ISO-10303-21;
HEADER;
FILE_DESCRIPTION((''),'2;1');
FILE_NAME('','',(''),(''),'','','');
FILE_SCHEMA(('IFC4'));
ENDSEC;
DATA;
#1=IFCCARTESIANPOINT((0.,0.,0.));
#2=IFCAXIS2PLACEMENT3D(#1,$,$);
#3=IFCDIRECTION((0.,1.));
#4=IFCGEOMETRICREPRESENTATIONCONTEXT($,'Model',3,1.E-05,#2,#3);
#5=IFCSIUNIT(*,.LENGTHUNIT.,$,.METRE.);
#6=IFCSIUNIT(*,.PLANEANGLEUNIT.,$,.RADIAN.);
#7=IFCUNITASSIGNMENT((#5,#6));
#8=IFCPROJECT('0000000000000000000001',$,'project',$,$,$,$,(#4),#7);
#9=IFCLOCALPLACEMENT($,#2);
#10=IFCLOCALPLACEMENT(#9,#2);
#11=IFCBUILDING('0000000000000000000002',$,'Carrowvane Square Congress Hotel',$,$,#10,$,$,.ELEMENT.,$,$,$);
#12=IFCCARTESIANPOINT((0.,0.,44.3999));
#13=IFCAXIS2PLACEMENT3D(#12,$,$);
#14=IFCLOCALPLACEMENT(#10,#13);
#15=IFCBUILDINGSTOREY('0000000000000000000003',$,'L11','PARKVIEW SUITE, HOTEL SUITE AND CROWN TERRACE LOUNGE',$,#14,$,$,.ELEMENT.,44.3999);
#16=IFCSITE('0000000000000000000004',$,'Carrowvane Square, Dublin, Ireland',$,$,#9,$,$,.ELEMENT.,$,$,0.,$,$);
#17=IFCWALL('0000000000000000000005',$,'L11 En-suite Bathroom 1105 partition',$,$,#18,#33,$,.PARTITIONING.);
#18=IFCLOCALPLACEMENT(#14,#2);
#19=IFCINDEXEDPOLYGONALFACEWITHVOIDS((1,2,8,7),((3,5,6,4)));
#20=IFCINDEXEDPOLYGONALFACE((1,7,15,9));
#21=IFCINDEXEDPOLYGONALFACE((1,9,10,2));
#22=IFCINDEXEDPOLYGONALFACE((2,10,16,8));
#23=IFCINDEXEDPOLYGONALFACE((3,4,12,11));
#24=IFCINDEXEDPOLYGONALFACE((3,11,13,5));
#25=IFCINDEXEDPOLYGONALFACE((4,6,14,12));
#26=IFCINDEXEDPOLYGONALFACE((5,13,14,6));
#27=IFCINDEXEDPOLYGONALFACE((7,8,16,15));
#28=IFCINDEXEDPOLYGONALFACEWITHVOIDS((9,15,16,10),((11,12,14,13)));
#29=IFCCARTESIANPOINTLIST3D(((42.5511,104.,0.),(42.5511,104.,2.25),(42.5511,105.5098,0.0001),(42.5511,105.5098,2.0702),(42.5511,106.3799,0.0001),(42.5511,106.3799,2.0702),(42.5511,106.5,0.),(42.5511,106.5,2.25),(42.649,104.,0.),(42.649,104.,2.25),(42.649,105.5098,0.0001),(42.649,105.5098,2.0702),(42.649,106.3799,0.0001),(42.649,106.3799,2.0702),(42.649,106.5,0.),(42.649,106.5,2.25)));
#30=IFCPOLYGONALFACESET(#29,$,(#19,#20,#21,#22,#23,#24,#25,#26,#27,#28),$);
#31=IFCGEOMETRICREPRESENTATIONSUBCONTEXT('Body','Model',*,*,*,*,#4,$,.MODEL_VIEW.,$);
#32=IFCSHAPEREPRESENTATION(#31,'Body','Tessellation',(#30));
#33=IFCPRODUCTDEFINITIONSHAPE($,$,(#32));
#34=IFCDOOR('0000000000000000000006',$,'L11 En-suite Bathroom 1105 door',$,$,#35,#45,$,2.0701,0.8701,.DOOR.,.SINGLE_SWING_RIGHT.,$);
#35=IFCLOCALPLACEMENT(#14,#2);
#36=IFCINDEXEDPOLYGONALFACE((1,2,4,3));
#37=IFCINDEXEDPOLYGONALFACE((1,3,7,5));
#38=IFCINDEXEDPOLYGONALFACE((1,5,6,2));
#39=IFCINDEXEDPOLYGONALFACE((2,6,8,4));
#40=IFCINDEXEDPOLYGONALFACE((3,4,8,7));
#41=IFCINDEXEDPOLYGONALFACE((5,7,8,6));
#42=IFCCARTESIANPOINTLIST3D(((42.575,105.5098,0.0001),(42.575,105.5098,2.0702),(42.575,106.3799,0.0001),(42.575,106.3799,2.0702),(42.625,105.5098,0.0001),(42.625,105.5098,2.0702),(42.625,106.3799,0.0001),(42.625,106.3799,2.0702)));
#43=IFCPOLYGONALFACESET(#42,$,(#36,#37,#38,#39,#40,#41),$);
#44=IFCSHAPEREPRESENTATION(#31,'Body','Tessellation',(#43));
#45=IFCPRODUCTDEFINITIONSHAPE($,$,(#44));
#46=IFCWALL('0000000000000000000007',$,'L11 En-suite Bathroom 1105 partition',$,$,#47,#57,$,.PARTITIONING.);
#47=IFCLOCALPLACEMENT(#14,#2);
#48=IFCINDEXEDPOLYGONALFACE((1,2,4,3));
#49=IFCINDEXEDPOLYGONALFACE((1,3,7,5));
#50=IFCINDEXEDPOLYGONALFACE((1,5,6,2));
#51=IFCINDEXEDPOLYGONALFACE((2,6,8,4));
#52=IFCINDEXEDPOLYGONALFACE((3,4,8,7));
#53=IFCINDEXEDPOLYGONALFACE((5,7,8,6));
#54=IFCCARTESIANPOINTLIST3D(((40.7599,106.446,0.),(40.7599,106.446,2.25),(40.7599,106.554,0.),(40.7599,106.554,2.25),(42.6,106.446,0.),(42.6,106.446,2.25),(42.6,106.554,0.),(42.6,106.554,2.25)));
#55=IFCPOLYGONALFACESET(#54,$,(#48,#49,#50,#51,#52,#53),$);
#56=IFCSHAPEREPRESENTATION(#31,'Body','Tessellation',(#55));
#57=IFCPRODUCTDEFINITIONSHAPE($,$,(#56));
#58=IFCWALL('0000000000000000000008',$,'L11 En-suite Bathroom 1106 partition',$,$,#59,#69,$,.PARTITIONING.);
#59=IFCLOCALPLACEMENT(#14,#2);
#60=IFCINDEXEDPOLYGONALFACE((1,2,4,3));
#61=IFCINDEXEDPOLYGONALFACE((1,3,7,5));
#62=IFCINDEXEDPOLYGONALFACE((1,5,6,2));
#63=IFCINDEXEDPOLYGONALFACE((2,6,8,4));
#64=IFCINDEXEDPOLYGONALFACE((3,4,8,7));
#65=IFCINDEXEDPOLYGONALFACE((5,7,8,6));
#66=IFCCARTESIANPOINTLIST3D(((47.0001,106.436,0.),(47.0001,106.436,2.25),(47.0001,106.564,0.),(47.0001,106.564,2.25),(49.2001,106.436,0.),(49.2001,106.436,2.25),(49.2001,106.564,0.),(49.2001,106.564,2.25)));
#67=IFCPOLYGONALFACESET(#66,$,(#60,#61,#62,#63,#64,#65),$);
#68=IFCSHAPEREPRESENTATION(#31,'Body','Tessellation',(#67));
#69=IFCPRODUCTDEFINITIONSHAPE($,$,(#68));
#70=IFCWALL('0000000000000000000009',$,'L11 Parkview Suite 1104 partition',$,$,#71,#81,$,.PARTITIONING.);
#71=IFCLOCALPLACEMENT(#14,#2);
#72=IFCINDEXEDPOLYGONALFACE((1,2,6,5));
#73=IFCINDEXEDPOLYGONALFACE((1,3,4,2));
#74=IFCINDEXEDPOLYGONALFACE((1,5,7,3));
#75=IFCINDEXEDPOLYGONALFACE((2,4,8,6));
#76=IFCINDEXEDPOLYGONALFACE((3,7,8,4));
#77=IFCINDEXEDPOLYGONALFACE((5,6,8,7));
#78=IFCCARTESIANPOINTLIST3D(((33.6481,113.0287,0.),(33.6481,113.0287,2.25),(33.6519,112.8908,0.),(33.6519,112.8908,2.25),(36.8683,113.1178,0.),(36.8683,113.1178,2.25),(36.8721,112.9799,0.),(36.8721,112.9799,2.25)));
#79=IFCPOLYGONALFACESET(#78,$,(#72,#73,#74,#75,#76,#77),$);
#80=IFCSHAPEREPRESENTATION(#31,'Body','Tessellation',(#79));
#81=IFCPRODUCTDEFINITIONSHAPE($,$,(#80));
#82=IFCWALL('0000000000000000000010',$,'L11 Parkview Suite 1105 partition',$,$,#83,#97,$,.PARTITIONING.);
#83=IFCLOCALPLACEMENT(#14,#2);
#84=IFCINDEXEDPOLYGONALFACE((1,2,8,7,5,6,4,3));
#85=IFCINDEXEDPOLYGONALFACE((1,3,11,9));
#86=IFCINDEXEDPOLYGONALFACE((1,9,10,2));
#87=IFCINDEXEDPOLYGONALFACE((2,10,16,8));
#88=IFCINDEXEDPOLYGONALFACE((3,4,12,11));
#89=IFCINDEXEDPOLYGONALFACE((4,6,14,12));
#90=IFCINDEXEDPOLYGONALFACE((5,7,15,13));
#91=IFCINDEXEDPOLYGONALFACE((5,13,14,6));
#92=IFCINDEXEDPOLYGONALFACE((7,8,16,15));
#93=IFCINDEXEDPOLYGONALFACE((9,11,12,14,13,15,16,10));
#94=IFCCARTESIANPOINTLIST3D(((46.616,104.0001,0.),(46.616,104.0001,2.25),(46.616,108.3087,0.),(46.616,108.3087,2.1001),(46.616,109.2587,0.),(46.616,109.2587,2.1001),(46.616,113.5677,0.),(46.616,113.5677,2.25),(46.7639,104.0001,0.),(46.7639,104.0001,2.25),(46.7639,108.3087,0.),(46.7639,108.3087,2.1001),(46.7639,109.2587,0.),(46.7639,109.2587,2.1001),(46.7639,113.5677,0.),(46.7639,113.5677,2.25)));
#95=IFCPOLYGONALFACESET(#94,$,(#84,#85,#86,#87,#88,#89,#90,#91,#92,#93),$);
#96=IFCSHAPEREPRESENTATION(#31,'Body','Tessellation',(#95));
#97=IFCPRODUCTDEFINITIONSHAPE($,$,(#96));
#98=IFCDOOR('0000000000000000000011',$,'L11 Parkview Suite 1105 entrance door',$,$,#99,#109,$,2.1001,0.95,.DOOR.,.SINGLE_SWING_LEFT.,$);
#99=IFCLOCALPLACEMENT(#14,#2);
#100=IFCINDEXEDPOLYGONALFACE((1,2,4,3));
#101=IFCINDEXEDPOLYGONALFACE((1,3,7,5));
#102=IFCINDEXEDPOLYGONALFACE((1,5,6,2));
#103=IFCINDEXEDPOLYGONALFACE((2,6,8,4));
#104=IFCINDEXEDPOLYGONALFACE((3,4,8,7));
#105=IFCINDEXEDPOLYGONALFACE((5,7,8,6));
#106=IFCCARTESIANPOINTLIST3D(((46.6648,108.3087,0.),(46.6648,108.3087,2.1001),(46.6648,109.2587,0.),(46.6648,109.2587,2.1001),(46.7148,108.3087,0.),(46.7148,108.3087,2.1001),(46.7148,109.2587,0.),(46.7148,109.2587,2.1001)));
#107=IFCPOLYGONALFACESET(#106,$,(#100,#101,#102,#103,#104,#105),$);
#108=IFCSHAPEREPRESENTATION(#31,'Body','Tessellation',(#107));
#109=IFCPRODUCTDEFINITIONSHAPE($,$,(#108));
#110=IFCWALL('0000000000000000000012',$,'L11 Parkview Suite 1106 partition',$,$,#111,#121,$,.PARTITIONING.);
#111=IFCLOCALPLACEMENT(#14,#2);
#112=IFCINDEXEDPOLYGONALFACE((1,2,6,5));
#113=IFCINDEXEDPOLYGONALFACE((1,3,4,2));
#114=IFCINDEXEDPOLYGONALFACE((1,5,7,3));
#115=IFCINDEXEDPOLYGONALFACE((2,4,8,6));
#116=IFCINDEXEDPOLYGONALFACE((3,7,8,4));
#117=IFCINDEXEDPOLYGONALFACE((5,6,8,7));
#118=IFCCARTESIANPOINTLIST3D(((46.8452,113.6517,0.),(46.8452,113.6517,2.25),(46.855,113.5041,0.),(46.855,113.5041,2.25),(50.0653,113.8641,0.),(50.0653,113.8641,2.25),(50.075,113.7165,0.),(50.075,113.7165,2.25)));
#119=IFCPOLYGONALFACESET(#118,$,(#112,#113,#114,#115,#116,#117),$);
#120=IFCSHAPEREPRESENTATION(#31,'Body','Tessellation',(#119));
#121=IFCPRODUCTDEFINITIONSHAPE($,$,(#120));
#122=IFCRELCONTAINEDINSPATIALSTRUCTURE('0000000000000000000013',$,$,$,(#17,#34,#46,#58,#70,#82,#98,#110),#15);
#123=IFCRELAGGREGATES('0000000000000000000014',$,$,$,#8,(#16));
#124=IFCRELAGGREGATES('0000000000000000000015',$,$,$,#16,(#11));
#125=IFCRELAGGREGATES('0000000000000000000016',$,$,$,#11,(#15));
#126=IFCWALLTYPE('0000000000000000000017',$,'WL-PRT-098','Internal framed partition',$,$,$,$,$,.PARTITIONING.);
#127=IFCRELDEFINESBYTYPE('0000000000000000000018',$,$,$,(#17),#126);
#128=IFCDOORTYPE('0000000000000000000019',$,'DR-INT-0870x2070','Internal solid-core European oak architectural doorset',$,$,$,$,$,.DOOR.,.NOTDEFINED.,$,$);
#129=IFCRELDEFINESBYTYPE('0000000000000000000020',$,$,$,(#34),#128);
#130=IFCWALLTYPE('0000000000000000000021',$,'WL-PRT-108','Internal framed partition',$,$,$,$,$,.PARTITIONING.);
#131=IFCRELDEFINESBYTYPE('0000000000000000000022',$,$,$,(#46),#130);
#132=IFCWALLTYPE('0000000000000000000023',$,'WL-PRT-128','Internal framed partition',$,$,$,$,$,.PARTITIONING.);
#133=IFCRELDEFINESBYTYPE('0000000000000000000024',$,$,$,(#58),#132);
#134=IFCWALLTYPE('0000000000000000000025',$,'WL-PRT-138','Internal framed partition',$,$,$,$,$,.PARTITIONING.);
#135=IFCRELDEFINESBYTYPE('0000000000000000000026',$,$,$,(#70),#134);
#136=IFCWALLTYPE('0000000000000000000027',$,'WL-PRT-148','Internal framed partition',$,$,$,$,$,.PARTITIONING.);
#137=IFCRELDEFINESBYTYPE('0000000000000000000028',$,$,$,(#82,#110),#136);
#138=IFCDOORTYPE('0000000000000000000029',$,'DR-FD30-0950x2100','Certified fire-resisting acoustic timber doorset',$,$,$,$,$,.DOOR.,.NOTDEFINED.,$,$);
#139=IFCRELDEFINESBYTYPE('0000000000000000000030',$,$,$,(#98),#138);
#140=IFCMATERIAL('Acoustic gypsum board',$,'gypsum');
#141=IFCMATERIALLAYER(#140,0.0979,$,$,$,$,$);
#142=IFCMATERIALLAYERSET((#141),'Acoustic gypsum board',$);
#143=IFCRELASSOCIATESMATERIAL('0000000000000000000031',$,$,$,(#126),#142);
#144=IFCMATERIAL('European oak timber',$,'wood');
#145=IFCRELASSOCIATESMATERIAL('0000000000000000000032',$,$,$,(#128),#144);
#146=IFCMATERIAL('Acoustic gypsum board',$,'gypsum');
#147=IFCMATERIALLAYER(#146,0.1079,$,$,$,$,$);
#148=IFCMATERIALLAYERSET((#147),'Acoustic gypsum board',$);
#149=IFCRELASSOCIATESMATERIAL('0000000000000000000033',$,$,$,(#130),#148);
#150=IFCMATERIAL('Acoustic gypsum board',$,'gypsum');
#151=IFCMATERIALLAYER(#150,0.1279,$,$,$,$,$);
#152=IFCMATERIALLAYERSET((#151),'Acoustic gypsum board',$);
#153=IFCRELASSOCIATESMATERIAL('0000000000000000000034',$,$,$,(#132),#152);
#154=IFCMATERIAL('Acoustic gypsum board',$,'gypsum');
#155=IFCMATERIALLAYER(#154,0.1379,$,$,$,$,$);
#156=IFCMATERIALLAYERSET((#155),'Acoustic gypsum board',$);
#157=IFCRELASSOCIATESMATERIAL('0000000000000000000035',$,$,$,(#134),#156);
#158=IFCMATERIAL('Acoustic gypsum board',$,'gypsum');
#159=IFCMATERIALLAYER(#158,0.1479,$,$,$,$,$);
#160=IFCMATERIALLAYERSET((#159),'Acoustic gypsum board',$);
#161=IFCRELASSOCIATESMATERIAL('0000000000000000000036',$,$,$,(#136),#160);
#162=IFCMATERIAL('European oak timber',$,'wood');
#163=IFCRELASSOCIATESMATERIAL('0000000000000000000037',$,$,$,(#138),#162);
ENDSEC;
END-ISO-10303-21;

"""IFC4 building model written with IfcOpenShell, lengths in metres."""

from ifc_helpers import new_model, si_unit, direction, frame, frame_2d, origin, place, context, subcontext, project, spatial, rectangle, extrude, material, layer, layer_set, type_object, element, fill, save


model = new_model("IFC4")

# Units and contexts
model_context = context("Model", 3, precision=1e-05, world=origin(), true_north=direction((0.0, 1.0)))
body_context = subcontext(model_context, "Body", "Model", "MODEL_VIEW")
ifc_project = project(units=[si_unit("LENGTHUNIT", "METRE"), si_unit("PLANEANGLEUNIT", "RADIAN")], contexts=[model_context])

# Site, building, storey
site_placement = place(None, origin())
site = spatial("IfcSite", under=ifc_project, at=site_placement, Name="Carrowvane Square, Dublin, Ireland", CompositionType="ELEMENT", RefElevation=0.0)
building_placement = place(site_placement, origin())
building = spatial("IfcBuilding", under=site, at=building_placement, Name="Carrowvane Square Congress Hotel", CompositionType="ELEMENT")
storey_placement = place(building_placement, frame((0.0, 0.0, 44.3999)))
storey = spatial("IfcBuildingStorey", under=building, at=storey_placement, Name="L11", Description="PARKVIEW SUITE, HOTEL SUITE AND CROWN TERRACE LOUNGE", CompositionType="ELEMENT", Elevation=44.3999)

# Shared definitions
ifc_material_1 = material(Name="Acoustic gypsum board", Category="gypsum")
ifc_layer_1 = layer(ifc_material_1, 0.0979)
ifc_layer_set_1 = layer_set([ifc_layer_1], Name="Acoustic gypsum board")
wall_type_1 = type_object("IfcWallType", Name="WL-PRT-098", Description="Internal framed partition", PredefinedType="PARTITIONING", material=ifc_layer_set_1)

# Wall, opening, door
wall_1_placement = place(storey_placement, frame((42.6001, 106.5, 0.0), z_axis=(0.0, 0.0, 1.0), x_axis=(0.0, -1.0, 0.0)))
wall_1 = element("IfcWall", 1, at=wall_1_placement, inside=storey, type_object=wall_type_1, Name="L11 En-suite Bathroom 1105 partition", PredefinedType="PARTITIONING", context=body_context, shape_type="SweptSolid", body=[
    extrude(rectangle(XDim=2.5, YDim=0.0979, at=frame_2d((1.25, 0.0))), origin(), (0.0, 0.0, 1.0), 2.25),
])
opening_1_placement = place(wall_1_placement, frame((0.1201, 0.0, 0.0)))
opening_1 = element("IfcOpeningElement", 2, at=opening_1_placement, cuts=wall_1, PredefinedType="OPENING", context=body_context, shape_type="SweptSolid", body=[
    extrude(rectangle(XDim=0.8701, YDim=2.0701, at=frame_2d((0.4351, 1.0352))), frame((0.0, 0.0588, 0.0), z_axis=(0.0, -1.0, 0.0), x_axis=(1.0, 0.0, 0.0)), (0.0, 0.0, 1.0), 0.1179),
])
ifc_material_2 = material(Name="European oak timber", Category="wood")
door_type_1 = type_object("IfcDoorType", Name="DR-INT-0870x2070", Description="Internal solid-core European oak architectural doorset", OperationType="NOTDEFINED", PredefinedType="DOOR", material=ifc_material_2)
door_1_placement = place(opening_1_placement, origin())
door_1 = element("IfcDoor", 3, at=door_1_placement, inside=storey, type_object=door_type_1, Name="L11 En-suite Bathroom 1105 door", OperationType="SINGLE_SWING_RIGHT", OverallHeight=2.0701, OverallWidth=0.8701, PredefinedType="DOOR", context=body_context, shape_type="SweptSolid", body=[
    extrude(rectangle(XDim=0.8701, YDim=2.0701, at=frame_2d((0.4351, 1.0352))), frame((0.0, 0.0249, 0.0), z_axis=(0.0, -1.0, 0.0), x_axis=(1.0, 0.0, 0.0)), (0.0, 0.0, 1.0), 0.05),
])
fill(opening_1, door_1)

# Walls
ifc_material_3 = material(Name="Acoustic gypsum board", Category="gypsum")
ifc_layer_2 = layer(ifc_material_3, 0.1079)
ifc_layer_set_2 = layer_set([ifc_layer_2], Name="Acoustic gypsum board")
wall_type_2 = type_object("IfcWallType", Name="WL-PRT-108", Description="Internal framed partition", PredefinedType="PARTITIONING", material=ifc_layer_set_2)
wall_2_placement = place(storey_placement, frame((40.76, 106.5, 0.0), z_axis=(0.0, 0.0, 1.0), x_axis=(1.0, 0.0, 0.0)))
element("IfcWall", 4, at=wall_2_placement, inside=storey, type_object=wall_type_2, Name="L11 En-suite Bathroom 1105 partition", PredefinedType="PARTITIONING", context=body_context, shape_type="SweptSolid", body=[
    extrude(rectangle(XDim=1.8401, YDim=0.1079, at=frame_2d((0.9199, 0.0))), origin(), (0.0, 0.0, 1.0), 2.25),
])
ifc_material_4 = material(Name="Acoustic gypsum board", Category="gypsum")
ifc_layer_3 = layer(ifc_material_4, 0.1279)
ifc_layer_set_3 = layer_set([ifc_layer_3], Name="Acoustic gypsum board")
wall_type_3 = type_object("IfcWallType", Name="WL-PRT-128", Description="Internal framed partition", PredefinedType="PARTITIONING", material=ifc_layer_set_3)
wall_3_placement = place(storey_placement, frame((47.0, 106.5, 0.0), z_axis=(0.0, 0.0, 1.0), x_axis=(1.0, 0.0, 0.0)))
element("IfcWall", 5, at=wall_3_placement, inside=storey, type_object=wall_type_3, Name="L11 En-suite Bathroom 1106 partition", PredefinedType="PARTITIONING", context=body_context, shape_type="SweptSolid", body=[
    extrude(rectangle(XDim=2.2, YDim=0.1279, at=frame_2d((1.1001, 0.0))), origin(), (0.0, 0.0, 1.0), 2.25),
])
ifc_material_5 = material(Name="Acoustic gypsum board", Category="gypsum")
ifc_layer_4 = layer(ifc_material_5, 0.1379)
ifc_layer_set_4 = layer_set([ifc_layer_4], Name="Acoustic gypsum board")
wall_type_4 = type_object("IfcWallType", Name="WL-PRT-138", Description="Internal framed partition", PredefinedType="PARTITIONING", material=ifc_layer_set_4)
wall_4_placement = place(storey_placement, frame((33.6499, 112.9597, 0.0), z_axis=(0.0, 0.0, 1.0), x_axis=(0.999617, 0.027662, 0.0)))
element("IfcWall", 6, at=wall_4_placement, inside=storey, type_object=wall_type_4, Name="L11 Parkview Suite 1104 partition", PredefinedType="PARTITIONING", context=body_context, shape_type="SweptSolid", body=[
    extrude(rectangle(XDim=3.2214, YDim=0.1379, at=frame_2d((1.6108, 0.0))), origin(), (0.0, 0.0, 1.0), 2.25),
])

# Wall, opening, door
ifc_material_6 = material(Name="Acoustic gypsum board", Category="gypsum")
ifc_layer_5 = layer(ifc_material_6, 0.1479)
ifc_layer_set_5 = layer_set([ifc_layer_5], Name="Acoustic gypsum board")
wall_type_5 = type_object("IfcWallType", Name="WL-PRT-148", Description="Internal framed partition", PredefinedType="PARTITIONING", material=ifc_layer_set_5)
wall_5_placement = place(storey_placement, frame((46.6899, 113.5676, 0.0), z_axis=(0.0, 0.0, 1.0), x_axis=(0.0, -1.0, 0.0)))
wall_5 = element("IfcWall", 7, at=wall_5_placement, inside=storey, type_object=wall_type_5, Name="L11 Parkview Suite 1105 partition", PredefinedType="PARTITIONING", context=body_context, shape_type="SweptSolid", body=[
    extrude(rectangle(XDim=9.5676, YDim=0.1479, at=frame_2d((4.7837, 0.0))), origin(), (0.0, 0.0, 1.0), 2.25),
])
opening_2_placement = place(wall_5_placement, frame((4.3088, 0.0, 0.0)))
opening_2 = element("IfcOpeningElement", 8, at=opening_2_placement, cuts=wall_5, PredefinedType="OPENING", context=body_context, shape_type="SweptSolid", body=[
    extrude(rectangle(XDim=0.95, YDim=2.1001, at=frame_2d((0.4751, 1.05))), frame((0.0, 0.084, 0.0), z_axis=(0.0, -1.0, 0.0), x_axis=(1.0, 0.0, 0.0)), (0.0, 0.0, 1.0), 0.168),
])
ifc_material_7 = material(Name="European oak timber", Category="wood")
door_type_2 = type_object("IfcDoorType", Name="DR-FD30-0950x2100", Description="Certified fire-resisting acoustic timber doorset", OperationType="NOTDEFINED", PredefinedType="DOOR", material=ifc_material_7)
door_2_placement = place(opening_2_placement, origin())
door_2 = element("IfcDoor", 9, at=door_2_placement, inside=storey, type_object=door_type_2, Name="L11 Parkview Suite 1105 entrance door", OperationType="SINGLE_SWING_LEFT", OverallHeight=2.1001, OverallWidth=0.95, PredefinedType="DOOR", context=body_context, shape_type="SweptSolid", body=[
    extrude(rectangle(XDim=0.95, YDim=2.1001, at=frame_2d((0.4751, 1.05))), frame((0.0, 0.0249, 0.0), z_axis=(0.0, -1.0, 0.0), x_axis=(1.0, 0.0, 0.0)), (0.0, 0.0, 1.0), 0.05),
])
fill(opening_2, door_2)

# Wall
wall_6_placement = place(storey_placement, frame((46.8501, 113.5779, 0.0), z_axis=(0.0, 0.0, 1.0), x_axis=(0.997831, 0.065821, 0.0)))
element("IfcWall", 10, at=wall_6_placement, inside=storey, type_object=wall_type_5, Name="L11 Parkview Suite 1106 partition", PredefinedType="PARTITIONING", context=body_context, shape_type="SweptSolid", body=[
    extrude(rectangle(XDim=3.2271, YDim=0.1479, at=frame_2d((1.6135, 0.0))), origin(), (0.0, 0.0, 1.0), 2.25),
])

save(model, "model.ifc")
